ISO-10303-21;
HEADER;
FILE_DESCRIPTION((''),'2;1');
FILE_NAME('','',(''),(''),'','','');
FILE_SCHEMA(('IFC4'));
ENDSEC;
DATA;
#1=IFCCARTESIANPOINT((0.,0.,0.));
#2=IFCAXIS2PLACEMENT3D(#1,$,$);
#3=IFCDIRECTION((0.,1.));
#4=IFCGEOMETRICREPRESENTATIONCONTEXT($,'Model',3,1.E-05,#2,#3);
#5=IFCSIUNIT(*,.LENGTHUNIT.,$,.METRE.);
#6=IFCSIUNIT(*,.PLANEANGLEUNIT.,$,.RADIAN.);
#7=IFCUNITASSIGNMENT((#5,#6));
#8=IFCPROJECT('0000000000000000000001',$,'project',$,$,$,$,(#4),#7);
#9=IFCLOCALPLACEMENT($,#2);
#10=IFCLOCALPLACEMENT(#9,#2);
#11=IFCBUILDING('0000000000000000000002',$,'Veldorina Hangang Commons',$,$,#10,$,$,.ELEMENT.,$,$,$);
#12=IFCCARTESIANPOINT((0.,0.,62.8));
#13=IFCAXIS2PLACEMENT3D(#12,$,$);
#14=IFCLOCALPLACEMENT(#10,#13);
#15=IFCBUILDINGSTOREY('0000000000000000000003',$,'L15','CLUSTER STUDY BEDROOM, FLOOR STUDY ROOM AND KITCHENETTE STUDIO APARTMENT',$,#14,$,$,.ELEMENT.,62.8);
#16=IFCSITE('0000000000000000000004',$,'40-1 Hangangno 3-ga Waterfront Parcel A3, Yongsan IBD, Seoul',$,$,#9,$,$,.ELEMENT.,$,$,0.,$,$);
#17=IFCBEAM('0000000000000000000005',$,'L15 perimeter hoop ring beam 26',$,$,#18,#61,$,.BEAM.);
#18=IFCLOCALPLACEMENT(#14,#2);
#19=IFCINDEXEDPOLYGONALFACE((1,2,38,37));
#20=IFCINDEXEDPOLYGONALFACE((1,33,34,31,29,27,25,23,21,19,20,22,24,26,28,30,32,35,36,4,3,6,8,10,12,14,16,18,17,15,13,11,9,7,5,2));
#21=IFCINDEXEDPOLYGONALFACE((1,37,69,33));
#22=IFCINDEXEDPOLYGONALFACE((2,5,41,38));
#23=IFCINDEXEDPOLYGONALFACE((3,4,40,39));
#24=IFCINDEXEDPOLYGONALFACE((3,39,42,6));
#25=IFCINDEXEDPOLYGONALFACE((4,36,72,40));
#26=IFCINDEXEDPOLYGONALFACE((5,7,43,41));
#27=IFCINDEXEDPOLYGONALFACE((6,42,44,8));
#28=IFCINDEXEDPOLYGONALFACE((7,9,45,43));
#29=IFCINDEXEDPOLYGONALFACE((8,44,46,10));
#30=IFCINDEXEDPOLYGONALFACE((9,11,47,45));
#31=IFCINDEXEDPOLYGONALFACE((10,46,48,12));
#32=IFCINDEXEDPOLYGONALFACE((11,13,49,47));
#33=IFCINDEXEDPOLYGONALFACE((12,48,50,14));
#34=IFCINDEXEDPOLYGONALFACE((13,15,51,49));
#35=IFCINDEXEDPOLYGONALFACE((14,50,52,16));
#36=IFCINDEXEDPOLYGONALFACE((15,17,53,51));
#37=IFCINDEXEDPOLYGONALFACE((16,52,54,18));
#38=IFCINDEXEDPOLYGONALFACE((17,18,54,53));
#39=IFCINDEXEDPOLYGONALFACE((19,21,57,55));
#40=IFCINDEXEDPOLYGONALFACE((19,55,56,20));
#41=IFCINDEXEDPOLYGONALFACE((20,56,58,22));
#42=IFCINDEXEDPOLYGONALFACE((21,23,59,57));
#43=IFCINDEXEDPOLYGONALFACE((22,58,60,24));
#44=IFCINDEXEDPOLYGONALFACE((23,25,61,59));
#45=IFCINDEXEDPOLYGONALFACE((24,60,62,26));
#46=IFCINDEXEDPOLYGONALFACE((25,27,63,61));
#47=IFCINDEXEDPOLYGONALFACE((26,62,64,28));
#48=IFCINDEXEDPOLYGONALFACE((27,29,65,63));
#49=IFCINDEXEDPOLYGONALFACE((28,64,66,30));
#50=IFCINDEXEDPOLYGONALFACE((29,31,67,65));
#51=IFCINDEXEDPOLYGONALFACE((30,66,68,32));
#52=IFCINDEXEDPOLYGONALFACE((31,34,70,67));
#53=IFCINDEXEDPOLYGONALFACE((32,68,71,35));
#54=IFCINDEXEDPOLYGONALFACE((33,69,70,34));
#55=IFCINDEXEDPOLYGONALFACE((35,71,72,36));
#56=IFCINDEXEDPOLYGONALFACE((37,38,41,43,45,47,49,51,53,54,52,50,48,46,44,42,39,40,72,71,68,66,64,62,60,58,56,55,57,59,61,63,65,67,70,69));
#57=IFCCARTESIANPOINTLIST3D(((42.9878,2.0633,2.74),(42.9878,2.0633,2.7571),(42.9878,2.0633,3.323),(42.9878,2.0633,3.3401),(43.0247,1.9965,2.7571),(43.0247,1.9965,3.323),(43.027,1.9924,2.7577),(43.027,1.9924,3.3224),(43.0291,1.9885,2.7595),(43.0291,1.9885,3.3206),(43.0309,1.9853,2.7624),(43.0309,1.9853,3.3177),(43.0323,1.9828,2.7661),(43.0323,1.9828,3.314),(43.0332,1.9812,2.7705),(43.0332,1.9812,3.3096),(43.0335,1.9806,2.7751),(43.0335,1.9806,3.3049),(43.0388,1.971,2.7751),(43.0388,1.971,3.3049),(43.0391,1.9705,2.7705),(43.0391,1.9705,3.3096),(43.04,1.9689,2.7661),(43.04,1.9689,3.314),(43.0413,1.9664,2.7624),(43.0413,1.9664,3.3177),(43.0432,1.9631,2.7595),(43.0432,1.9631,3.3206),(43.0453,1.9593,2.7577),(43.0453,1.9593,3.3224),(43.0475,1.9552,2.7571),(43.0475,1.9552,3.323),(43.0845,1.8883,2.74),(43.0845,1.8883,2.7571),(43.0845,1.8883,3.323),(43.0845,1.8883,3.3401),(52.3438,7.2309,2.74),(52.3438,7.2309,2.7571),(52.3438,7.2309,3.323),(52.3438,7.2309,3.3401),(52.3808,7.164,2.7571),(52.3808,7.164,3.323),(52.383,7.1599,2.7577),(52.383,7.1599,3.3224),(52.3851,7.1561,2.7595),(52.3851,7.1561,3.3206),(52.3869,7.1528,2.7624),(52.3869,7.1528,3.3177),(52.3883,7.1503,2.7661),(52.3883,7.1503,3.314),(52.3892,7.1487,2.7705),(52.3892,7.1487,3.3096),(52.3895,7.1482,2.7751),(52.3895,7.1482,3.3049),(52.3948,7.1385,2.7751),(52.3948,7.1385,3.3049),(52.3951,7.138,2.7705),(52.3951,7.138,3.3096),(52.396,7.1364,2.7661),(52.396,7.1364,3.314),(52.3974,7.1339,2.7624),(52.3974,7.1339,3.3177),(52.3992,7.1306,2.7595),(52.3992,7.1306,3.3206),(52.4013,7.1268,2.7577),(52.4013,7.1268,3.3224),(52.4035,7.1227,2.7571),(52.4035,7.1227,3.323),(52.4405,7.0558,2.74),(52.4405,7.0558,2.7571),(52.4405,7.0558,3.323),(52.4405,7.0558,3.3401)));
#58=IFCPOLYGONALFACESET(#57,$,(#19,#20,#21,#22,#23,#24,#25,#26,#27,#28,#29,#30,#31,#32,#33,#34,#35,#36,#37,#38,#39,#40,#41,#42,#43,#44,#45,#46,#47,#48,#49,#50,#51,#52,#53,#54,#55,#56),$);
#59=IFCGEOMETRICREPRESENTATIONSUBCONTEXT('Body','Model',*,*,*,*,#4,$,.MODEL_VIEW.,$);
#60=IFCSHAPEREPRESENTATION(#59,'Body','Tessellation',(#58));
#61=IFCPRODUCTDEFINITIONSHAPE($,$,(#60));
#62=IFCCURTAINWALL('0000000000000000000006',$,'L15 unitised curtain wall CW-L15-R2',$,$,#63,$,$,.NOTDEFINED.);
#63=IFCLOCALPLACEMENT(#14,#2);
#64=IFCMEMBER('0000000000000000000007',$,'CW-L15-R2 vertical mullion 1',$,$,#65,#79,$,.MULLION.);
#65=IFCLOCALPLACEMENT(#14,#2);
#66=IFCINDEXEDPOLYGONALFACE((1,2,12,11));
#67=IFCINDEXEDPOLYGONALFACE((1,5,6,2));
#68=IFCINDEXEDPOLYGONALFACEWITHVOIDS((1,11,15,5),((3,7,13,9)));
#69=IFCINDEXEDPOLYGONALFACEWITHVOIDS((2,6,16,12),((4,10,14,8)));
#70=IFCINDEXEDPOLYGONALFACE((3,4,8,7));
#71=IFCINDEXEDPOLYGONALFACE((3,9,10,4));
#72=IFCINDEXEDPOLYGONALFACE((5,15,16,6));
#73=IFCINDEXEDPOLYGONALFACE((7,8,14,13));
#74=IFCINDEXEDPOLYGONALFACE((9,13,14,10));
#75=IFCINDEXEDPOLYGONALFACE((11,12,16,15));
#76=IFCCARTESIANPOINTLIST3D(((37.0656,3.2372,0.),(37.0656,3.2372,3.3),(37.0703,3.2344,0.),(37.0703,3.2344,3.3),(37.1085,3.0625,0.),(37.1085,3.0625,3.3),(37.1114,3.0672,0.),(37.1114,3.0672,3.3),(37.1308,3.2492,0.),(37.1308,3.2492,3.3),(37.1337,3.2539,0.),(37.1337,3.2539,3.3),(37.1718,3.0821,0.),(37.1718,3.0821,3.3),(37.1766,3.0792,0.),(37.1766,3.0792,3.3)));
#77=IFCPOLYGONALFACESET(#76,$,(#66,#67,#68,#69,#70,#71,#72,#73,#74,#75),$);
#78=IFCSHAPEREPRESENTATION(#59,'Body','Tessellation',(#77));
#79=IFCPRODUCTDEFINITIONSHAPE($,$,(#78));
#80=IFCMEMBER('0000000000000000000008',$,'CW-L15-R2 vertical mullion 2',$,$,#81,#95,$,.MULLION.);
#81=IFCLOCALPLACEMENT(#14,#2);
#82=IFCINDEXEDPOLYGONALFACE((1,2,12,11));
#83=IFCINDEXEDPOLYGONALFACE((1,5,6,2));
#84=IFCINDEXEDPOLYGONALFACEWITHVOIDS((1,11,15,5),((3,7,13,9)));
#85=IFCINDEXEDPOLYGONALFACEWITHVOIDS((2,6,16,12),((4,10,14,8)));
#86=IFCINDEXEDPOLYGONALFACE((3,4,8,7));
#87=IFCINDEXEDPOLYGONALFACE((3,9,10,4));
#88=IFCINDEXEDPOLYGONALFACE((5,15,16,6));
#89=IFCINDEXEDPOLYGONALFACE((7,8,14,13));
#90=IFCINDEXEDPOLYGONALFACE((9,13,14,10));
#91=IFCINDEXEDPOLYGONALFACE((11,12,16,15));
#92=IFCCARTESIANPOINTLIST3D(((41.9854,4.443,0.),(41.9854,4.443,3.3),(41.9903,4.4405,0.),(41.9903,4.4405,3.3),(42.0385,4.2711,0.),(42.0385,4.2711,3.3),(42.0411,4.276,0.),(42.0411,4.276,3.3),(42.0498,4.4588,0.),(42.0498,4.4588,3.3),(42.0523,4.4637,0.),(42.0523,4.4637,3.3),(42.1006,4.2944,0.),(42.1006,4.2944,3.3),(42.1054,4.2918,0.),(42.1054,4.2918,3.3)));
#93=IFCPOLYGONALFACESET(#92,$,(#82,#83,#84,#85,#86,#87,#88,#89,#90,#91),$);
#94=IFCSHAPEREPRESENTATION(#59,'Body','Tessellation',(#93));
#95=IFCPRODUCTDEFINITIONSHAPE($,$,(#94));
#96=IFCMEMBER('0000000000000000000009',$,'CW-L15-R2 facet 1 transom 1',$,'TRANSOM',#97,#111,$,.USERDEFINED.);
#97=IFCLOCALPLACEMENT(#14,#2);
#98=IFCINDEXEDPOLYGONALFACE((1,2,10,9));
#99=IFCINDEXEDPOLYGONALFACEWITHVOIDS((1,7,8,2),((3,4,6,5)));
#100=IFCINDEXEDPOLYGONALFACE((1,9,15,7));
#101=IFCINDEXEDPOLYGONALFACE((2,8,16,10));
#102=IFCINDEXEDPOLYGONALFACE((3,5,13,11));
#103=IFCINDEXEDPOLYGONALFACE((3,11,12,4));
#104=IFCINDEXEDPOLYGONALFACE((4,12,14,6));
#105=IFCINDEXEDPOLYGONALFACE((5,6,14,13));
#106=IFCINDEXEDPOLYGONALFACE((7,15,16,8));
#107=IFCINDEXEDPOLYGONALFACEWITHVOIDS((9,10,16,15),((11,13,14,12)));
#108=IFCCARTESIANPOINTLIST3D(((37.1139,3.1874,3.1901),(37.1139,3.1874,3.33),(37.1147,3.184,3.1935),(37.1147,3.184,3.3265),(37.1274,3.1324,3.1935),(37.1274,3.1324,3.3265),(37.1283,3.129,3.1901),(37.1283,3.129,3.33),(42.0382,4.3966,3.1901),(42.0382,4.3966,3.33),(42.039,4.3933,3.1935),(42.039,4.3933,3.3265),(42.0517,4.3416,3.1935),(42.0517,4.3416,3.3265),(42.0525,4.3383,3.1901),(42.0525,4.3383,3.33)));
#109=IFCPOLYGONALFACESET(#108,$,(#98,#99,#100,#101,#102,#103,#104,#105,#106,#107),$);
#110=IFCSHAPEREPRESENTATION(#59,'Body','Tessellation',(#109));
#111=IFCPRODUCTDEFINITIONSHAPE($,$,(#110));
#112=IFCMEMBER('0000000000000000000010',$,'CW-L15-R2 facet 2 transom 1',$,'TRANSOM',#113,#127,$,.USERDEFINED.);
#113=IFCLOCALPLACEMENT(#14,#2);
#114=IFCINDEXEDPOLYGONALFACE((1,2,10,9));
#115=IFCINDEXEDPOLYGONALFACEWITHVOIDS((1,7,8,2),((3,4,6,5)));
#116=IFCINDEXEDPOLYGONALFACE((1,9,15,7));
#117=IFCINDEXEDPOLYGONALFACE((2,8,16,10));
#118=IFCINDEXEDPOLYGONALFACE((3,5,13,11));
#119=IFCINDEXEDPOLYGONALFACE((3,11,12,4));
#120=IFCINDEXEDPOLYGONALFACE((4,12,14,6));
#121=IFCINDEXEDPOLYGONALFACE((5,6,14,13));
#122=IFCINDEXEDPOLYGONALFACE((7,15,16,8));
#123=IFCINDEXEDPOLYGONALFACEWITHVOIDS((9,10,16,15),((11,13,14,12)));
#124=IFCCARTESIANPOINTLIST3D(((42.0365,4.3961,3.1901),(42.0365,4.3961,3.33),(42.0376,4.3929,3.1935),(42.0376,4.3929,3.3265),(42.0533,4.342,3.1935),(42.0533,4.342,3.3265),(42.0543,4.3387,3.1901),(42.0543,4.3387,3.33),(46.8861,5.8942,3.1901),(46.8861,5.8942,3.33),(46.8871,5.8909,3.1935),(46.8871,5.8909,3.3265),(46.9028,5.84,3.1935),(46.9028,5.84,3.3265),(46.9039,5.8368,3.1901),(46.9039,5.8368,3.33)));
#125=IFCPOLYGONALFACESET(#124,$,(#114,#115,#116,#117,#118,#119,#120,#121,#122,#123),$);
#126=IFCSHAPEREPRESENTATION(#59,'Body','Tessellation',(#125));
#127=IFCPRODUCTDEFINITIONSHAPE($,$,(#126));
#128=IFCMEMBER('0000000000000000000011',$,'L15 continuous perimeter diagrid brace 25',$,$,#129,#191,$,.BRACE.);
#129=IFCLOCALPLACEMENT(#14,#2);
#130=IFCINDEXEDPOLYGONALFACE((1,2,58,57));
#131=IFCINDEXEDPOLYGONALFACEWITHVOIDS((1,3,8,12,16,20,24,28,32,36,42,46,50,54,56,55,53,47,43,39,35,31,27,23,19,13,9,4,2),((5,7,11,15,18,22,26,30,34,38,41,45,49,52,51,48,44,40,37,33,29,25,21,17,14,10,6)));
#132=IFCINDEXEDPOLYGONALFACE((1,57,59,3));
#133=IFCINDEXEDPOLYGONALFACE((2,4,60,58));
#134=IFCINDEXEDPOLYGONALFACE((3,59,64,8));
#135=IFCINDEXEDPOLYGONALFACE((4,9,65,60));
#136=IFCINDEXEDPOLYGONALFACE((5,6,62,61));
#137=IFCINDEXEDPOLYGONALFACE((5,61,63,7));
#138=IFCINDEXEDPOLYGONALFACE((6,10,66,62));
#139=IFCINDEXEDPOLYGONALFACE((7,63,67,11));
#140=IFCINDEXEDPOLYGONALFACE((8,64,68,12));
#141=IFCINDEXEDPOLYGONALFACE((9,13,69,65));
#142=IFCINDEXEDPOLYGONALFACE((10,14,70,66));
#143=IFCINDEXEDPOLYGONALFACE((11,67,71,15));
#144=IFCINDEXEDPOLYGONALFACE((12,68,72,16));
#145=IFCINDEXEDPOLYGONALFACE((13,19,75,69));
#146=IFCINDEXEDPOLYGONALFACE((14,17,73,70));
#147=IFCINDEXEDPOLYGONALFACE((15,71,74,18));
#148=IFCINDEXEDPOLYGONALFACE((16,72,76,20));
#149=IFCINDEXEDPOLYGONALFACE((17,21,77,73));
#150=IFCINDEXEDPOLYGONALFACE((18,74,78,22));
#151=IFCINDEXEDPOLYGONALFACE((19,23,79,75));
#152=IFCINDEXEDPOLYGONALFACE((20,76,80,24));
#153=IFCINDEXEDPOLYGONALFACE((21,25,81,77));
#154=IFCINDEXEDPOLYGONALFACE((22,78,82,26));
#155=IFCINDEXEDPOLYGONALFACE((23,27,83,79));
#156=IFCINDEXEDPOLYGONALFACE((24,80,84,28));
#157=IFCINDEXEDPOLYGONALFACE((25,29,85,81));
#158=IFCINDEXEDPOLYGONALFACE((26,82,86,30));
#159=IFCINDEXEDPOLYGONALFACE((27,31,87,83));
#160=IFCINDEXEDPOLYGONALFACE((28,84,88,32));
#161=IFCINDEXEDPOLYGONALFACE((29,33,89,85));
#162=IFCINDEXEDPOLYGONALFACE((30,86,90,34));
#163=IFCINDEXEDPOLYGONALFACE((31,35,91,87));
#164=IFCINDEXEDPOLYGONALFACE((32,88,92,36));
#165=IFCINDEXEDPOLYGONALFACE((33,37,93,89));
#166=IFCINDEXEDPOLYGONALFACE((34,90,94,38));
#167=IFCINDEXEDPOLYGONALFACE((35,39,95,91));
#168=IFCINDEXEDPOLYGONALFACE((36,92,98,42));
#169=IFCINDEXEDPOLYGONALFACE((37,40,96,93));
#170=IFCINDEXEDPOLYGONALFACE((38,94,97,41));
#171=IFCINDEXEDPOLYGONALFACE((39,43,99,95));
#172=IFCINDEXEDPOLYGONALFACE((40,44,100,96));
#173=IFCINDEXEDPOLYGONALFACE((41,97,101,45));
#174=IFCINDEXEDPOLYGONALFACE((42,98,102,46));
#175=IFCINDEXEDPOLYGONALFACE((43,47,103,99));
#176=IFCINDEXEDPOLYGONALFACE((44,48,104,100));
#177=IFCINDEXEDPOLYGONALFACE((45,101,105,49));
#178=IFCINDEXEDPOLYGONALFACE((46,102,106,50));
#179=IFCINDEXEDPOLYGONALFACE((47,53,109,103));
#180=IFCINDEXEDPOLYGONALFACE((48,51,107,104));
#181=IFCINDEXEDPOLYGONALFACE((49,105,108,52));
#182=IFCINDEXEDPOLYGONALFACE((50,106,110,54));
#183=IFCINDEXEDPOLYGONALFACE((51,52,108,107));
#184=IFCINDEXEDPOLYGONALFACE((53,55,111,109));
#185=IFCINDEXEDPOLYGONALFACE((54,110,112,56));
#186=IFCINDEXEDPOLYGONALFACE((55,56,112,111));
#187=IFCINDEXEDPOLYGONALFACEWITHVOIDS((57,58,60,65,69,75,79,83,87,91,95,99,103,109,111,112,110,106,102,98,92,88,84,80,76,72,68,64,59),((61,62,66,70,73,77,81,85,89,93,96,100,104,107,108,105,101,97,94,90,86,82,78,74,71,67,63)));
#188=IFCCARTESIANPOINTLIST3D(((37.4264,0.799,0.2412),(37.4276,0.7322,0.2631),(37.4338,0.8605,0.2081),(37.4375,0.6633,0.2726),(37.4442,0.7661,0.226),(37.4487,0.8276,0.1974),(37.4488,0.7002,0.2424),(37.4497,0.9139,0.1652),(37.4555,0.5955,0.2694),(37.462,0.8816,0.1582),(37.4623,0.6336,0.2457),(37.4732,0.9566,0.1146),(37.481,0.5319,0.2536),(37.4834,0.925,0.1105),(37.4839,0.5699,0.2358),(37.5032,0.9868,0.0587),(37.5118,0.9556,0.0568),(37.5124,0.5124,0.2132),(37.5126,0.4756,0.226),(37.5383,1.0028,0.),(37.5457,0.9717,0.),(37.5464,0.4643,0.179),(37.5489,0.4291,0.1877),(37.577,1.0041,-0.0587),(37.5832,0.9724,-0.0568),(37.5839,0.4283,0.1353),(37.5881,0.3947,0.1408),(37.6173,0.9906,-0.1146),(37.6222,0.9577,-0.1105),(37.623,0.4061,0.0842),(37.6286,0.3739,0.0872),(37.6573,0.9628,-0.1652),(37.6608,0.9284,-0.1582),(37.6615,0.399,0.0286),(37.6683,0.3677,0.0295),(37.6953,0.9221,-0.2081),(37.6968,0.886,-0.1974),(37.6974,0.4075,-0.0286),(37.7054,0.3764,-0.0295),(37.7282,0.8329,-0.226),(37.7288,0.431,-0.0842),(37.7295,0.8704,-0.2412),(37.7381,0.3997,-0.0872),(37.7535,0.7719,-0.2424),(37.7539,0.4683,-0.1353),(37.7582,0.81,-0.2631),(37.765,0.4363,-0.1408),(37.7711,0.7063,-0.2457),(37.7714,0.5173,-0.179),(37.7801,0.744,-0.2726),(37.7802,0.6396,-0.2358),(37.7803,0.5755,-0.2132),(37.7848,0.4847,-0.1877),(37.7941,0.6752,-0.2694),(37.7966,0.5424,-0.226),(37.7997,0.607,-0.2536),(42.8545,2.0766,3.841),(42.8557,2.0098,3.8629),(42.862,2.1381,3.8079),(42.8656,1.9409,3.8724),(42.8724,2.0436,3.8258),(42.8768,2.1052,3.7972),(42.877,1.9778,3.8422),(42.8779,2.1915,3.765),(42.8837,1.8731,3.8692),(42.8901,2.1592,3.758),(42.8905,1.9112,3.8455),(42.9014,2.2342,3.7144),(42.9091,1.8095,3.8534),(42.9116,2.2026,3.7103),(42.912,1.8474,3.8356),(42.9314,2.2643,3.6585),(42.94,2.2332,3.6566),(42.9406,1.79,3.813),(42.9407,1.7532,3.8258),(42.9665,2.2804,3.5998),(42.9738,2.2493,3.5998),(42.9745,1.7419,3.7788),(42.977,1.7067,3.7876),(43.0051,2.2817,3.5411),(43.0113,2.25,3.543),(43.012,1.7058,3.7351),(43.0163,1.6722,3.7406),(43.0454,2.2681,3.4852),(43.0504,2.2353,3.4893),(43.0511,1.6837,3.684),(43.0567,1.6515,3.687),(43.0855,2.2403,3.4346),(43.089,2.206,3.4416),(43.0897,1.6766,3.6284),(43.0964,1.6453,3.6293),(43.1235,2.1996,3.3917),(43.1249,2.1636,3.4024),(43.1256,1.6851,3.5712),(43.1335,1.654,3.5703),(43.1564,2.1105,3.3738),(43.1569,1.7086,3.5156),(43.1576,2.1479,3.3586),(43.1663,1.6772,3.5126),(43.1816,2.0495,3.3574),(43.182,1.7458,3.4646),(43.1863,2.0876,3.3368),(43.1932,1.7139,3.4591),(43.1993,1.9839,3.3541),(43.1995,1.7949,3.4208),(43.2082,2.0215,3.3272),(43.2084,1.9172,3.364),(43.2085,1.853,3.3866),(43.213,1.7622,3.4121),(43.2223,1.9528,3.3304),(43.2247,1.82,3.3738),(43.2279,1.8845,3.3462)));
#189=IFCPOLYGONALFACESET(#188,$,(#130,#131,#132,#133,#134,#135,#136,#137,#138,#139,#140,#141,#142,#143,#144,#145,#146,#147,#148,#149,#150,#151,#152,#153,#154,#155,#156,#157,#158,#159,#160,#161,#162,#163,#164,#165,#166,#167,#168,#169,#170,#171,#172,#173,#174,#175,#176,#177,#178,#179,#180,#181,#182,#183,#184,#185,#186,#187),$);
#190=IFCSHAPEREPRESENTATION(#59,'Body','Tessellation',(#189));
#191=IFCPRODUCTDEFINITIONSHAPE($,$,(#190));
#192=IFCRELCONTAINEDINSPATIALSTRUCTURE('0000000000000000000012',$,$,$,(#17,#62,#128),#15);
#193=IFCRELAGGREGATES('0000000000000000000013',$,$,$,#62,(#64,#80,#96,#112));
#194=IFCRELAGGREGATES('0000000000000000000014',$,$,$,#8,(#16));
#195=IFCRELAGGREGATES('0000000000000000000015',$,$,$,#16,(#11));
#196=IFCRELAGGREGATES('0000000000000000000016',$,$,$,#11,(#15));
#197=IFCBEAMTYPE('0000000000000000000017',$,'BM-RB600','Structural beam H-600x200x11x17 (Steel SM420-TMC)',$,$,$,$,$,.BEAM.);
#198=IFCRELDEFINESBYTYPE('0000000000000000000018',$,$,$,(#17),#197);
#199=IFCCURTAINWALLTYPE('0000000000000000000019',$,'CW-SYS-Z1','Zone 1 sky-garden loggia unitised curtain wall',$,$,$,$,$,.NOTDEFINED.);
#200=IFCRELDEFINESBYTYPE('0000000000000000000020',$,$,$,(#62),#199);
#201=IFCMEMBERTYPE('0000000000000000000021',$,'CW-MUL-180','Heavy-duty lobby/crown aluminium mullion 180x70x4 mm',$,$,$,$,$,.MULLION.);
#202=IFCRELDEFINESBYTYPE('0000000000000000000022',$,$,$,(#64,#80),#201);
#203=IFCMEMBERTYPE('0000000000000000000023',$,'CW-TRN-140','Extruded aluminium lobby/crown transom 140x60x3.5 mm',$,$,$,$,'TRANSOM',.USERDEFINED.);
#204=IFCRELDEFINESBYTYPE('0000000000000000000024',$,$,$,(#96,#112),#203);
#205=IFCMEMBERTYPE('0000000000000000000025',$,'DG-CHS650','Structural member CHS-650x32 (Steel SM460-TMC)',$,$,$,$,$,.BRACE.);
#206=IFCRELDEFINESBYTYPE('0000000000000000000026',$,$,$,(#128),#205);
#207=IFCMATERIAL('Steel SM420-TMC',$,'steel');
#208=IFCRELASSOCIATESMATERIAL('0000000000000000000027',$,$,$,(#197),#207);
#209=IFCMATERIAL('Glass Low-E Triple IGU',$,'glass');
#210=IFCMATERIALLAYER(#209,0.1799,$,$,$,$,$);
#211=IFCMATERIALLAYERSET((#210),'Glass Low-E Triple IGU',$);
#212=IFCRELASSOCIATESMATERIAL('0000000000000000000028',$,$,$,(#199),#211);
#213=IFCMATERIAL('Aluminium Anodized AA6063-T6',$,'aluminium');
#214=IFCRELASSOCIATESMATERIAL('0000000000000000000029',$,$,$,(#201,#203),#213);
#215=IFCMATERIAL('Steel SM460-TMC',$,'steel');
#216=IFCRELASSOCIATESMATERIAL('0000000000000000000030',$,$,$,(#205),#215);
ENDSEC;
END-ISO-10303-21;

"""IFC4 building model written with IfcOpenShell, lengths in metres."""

from ifc_helpers import new_model, si_unit, direction, frame, origin, origin_2d, place, context, subcontext, project, spatial, hollow_rectangle, hollow_circle, i_section, extrude, material, layer, layer_set, material_profile, profile_set, type_object, element, aggregate, save


model = new_model("IFC4")

# Units and contexts
model_context = context("Model", 3, precision=1e-05, world=origin(), true_north=direction((0.0, 1.0)))
body_context = subcontext(model_context, "Body", "Model", "MODEL_VIEW")
ifc_project = project(units=[si_unit("LENGTHUNIT", "METRE"), si_unit("PLANEANGLEUNIT", "RADIAN")], contexts=[model_context])

# Site, building, storey
site_placement = place(None, origin())
site = spatial("IfcSite", under=ifc_project, at=site_placement, Name="40-1 Hangangno 3-ga Waterfront Parcel A3, Yongsan IBD, Seoul", CompositionType="ELEMENT", RefElevation=0.0)
building_placement = place(site_placement, origin())
building = spatial("IfcBuilding", under=site, at=building_placement, Name="Veldorina Hangang Commons", CompositionType="ELEMENT")
storey_placement = place(building_placement, frame((0.0, 0.0, 62.8)))
storey = spatial("IfcBuildingStorey", under=building, at=storey_placement, Name="L15", Description="CLUSTER STUDY BEDROOM, FLOOR STUDY ROOM AND KITCHENETTE STUDIO APARTMENT", CompositionType="ELEMENT", Elevation=62.8)

# Beam
ifc_material_1 = material(Name="Steel SM420-TMC", Category="steel")
ifc_material_profile_1 = material_profile(ifc_material_1, i_section(OverallWidth=0.2, OverallDepth=0.6001, WebThickness=0.011, FlangeThickness=0.0171, FilletRadius=0.0181, at=origin_2d()), Name="H-600x200x11x17")
ifc_profile_set_1 = profile_set([ifc_material_profile_1], Name="Steel SM420-TMC")
beam_type = type_object("IfcBeamType", Name="BM-RB600", Description="Structural beam H-600x200x11x17 (Steel SM420-TMC)", PredefinedType="BEAM", material=ifc_profile_set_1)
beam_placement = place(storey_placement, frame((43.0361, 1.9758, 3.04), z_axis=(0.875357, 0.483477, 0.0), x_axis=(-0.483477, 0.875357, 0.0)))
element("IfcBeam", 1, at=beam_placement, inside=storey, type_object=beam_type, Name="L15 perimeter hoop ring beam 26", PredefinedType="BEAM", context=body_context, shape_type="SweptSolid", body=[
    extrude(i_section(OverallWidth=0.2, OverallDepth=0.6001, WebThickness=0.011, FlangeThickness=0.0171, FilletRadius=0.0181, at=origin_2d()), origin(), (0.0, 0.0, 1.0), 10.6882),
])

# Curtain wall, members
ifc_material_2 = material(Name="Glass Low-E Triple IGU", Category="glass")
ifc_layer_1 = layer(ifc_material_2, 0.1799)
ifc_layer_set_1 = layer_set([ifc_layer_1], Name="Glass Low-E Triple IGU")
curtain_wall_type = type_object("IfcCurtainWallType", Name="CW-SYS-Z1", Description="Zone 1 sky-garden loggia unitised curtain wall", PredefinedType="NOTDEFINED", material=ifc_layer_set_1)
curtain_wall_placement = place(storey_placement, origin())
curtain_wall = element("IfcCurtainWall", 2, at=curtain_wall_placement, inside=storey, type_object=curtain_wall_type, Name="L15 unitised curtain wall CW-L15-R2", PredefinedType="NOTDEFINED")
ifc_material_3 = material(Name="Aluminium Anodized AA6063-T6", Category="aluminium")
ifc_material_profile_2 = material_profile(ifc_material_3, hollow_rectangle(XDim=0.0701, YDim=0.1799, WallThickness=0.0039, at=origin_2d()), Name="ALU-RHS-180x70x4")
ifc_profile_set_2 = profile_set([ifc_material_profile_2], Name="Aluminium Anodized AA6063-T6")
member_type_1 = type_object("IfcMemberType", Name="CW-MUL-180", Description="Heavy-duty lobby/crown aluminium mullion 180x70x4 mm", PredefinedType="MULLION", material=ifc_profile_set_2)
member_1_placement = place(storey_placement, frame((37.1211, 3.1582, 0.0), z_axis=(0.0, 0.0, 1.0), x_axis=(0.971147, 0.238483, 0.0)))
member_1 = element("IfcMember", 3, at=member_1_placement, type_object=member_type_1, Name="CW-L15-R2 vertical mullion 1", PredefinedType="MULLION", context=body_context, shape_type="SweptSolid", body=[
    extrude(hollow_rectangle(XDim=0.0701, YDim=0.1799, WallThickness=0.0039, at=origin_2d()), origin(), (0.0, 0.0, 1.0), 3.3),
])
member_2_placement = place(storey_placement, frame((42.0454, 4.3674, 0.0), z_axis=(0.0, 0.0, 1.0), x_axis=(0.955449, 0.295158, 0.0)))
member_2 = element("IfcMember", 4, at=member_2_placement, type_object=member_type_1, Name="CW-L15-R2 vertical mullion 2", PredefinedType="MULLION", context=body_context, shape_type="SweptSolid", body=[
    extrude(hollow_rectangle(XDim=0.0701, YDim=0.1799, WallThickness=0.0039, at=origin_2d()), origin(), (0.0, 0.0, 1.0), 3.3),
])
ifc_material_profile_3 = material_profile(ifc_material_3, hollow_rectangle(XDim=0.0601, YDim=0.1399, WallThickness=0.0034, at=origin_2d()), Name="ALU-RHS-140x60x3.5")
ifc_profile_set_3 = profile_set([ifc_material_profile_3], Name="Aluminium Anodized AA6063-T6")
member_type_2 = type_object("IfcMemberType", Name="CW-TRN-140", Description="Extruded aluminium lobby/crown transom 140x60x3.5 mm", ElementType="TRANSOM", PredefinedType="USERDEFINED", material=ifc_profile_set_3)
member_3_placement = place(storey_placement, frame((37.1211, 3.1582, 3.26), z_axis=(0.971148, 0.238478, 0.0), x_axis=(-0.238478, 0.971148, 0.0)))
member_3 = element("IfcMember", 5, at=member_3_placement, type_object=member_type_2, Name="CW-L15-R2 facet 1 transom 1", ObjectType="TRANSOM", PredefinedType="USERDEFINED", context=body_context, shape_type="SweptSolid", body=[
    extrude(hollow_rectangle(XDim=0.0601, YDim=0.1399, WallThickness=0.0034, at=origin_2d()), origin(), (0.0, 0.0, 1.0), 5.0706),
])
member_4_placement = place(storey_placement, frame((42.0454, 4.3674, 3.26), z_axis=(0.955454, 0.29514, 0.0), x_axis=(-0.29514, 0.955454, 0.0)))
member_4 = element("IfcMember", 6, at=member_4_placement, type_object=member_type_2, Name="CW-L15-R2 facet 2 transom 1", ObjectType="TRANSOM", PredefinedType="USERDEFINED", context=body_context, shape_type="SweptSolid", body=[
    extrude(hollow_rectangle(XDim=0.0601, YDim=0.1399, WallThickness=0.0034, at=origin_2d()), origin(), (0.0, 0.0, 1.0), 5.0757),
])

# Member
ifc_material_4 = material(Name="Steel SM460-TMC", Category="steel")
ifc_material_profile_4 = material_profile(ifc_material_4, hollow_circle(Radius=0.325, WallThickness=0.032, at=origin_2d()), Name="CHS-650x32")
ifc_profile_set_4 = profile_set([ifc_material_profile_4], Name="Steel SM460-TMC")
member_type_3 = type_object("IfcMemberType", Name="DG-CHS650", Description="Structural member CHS-650x32 (Steel SM460-TMC)", PredefinedType="BRACE", material=ifc_profile_set_4)
member_5_placement = place(storey_placement, frame((37.6128, 0.6865, 0.0), z_axis=(0.817808, 0.192479, 0.542349), x_axis=(-0.2291, 0.973403, 0.0)))
element("IfcMember", 7, at=member_5_placement, inside=storey, type_object=member_type_3, Name="L15 continuous perimeter diagrid brace 25", PredefinedType="BRACE", context=body_context, shape_type="SweptSolid", body=[
    extrude(hollow_circle(Radius=0.325, WallThickness=0.032, at=origin_2d()), origin(), (0.0, 0.0, 1.0), 6.6375),
])

aggregate(curtain_wall, [member_1, member_2, member_3, member_4])

save(model, "model.ifc")
